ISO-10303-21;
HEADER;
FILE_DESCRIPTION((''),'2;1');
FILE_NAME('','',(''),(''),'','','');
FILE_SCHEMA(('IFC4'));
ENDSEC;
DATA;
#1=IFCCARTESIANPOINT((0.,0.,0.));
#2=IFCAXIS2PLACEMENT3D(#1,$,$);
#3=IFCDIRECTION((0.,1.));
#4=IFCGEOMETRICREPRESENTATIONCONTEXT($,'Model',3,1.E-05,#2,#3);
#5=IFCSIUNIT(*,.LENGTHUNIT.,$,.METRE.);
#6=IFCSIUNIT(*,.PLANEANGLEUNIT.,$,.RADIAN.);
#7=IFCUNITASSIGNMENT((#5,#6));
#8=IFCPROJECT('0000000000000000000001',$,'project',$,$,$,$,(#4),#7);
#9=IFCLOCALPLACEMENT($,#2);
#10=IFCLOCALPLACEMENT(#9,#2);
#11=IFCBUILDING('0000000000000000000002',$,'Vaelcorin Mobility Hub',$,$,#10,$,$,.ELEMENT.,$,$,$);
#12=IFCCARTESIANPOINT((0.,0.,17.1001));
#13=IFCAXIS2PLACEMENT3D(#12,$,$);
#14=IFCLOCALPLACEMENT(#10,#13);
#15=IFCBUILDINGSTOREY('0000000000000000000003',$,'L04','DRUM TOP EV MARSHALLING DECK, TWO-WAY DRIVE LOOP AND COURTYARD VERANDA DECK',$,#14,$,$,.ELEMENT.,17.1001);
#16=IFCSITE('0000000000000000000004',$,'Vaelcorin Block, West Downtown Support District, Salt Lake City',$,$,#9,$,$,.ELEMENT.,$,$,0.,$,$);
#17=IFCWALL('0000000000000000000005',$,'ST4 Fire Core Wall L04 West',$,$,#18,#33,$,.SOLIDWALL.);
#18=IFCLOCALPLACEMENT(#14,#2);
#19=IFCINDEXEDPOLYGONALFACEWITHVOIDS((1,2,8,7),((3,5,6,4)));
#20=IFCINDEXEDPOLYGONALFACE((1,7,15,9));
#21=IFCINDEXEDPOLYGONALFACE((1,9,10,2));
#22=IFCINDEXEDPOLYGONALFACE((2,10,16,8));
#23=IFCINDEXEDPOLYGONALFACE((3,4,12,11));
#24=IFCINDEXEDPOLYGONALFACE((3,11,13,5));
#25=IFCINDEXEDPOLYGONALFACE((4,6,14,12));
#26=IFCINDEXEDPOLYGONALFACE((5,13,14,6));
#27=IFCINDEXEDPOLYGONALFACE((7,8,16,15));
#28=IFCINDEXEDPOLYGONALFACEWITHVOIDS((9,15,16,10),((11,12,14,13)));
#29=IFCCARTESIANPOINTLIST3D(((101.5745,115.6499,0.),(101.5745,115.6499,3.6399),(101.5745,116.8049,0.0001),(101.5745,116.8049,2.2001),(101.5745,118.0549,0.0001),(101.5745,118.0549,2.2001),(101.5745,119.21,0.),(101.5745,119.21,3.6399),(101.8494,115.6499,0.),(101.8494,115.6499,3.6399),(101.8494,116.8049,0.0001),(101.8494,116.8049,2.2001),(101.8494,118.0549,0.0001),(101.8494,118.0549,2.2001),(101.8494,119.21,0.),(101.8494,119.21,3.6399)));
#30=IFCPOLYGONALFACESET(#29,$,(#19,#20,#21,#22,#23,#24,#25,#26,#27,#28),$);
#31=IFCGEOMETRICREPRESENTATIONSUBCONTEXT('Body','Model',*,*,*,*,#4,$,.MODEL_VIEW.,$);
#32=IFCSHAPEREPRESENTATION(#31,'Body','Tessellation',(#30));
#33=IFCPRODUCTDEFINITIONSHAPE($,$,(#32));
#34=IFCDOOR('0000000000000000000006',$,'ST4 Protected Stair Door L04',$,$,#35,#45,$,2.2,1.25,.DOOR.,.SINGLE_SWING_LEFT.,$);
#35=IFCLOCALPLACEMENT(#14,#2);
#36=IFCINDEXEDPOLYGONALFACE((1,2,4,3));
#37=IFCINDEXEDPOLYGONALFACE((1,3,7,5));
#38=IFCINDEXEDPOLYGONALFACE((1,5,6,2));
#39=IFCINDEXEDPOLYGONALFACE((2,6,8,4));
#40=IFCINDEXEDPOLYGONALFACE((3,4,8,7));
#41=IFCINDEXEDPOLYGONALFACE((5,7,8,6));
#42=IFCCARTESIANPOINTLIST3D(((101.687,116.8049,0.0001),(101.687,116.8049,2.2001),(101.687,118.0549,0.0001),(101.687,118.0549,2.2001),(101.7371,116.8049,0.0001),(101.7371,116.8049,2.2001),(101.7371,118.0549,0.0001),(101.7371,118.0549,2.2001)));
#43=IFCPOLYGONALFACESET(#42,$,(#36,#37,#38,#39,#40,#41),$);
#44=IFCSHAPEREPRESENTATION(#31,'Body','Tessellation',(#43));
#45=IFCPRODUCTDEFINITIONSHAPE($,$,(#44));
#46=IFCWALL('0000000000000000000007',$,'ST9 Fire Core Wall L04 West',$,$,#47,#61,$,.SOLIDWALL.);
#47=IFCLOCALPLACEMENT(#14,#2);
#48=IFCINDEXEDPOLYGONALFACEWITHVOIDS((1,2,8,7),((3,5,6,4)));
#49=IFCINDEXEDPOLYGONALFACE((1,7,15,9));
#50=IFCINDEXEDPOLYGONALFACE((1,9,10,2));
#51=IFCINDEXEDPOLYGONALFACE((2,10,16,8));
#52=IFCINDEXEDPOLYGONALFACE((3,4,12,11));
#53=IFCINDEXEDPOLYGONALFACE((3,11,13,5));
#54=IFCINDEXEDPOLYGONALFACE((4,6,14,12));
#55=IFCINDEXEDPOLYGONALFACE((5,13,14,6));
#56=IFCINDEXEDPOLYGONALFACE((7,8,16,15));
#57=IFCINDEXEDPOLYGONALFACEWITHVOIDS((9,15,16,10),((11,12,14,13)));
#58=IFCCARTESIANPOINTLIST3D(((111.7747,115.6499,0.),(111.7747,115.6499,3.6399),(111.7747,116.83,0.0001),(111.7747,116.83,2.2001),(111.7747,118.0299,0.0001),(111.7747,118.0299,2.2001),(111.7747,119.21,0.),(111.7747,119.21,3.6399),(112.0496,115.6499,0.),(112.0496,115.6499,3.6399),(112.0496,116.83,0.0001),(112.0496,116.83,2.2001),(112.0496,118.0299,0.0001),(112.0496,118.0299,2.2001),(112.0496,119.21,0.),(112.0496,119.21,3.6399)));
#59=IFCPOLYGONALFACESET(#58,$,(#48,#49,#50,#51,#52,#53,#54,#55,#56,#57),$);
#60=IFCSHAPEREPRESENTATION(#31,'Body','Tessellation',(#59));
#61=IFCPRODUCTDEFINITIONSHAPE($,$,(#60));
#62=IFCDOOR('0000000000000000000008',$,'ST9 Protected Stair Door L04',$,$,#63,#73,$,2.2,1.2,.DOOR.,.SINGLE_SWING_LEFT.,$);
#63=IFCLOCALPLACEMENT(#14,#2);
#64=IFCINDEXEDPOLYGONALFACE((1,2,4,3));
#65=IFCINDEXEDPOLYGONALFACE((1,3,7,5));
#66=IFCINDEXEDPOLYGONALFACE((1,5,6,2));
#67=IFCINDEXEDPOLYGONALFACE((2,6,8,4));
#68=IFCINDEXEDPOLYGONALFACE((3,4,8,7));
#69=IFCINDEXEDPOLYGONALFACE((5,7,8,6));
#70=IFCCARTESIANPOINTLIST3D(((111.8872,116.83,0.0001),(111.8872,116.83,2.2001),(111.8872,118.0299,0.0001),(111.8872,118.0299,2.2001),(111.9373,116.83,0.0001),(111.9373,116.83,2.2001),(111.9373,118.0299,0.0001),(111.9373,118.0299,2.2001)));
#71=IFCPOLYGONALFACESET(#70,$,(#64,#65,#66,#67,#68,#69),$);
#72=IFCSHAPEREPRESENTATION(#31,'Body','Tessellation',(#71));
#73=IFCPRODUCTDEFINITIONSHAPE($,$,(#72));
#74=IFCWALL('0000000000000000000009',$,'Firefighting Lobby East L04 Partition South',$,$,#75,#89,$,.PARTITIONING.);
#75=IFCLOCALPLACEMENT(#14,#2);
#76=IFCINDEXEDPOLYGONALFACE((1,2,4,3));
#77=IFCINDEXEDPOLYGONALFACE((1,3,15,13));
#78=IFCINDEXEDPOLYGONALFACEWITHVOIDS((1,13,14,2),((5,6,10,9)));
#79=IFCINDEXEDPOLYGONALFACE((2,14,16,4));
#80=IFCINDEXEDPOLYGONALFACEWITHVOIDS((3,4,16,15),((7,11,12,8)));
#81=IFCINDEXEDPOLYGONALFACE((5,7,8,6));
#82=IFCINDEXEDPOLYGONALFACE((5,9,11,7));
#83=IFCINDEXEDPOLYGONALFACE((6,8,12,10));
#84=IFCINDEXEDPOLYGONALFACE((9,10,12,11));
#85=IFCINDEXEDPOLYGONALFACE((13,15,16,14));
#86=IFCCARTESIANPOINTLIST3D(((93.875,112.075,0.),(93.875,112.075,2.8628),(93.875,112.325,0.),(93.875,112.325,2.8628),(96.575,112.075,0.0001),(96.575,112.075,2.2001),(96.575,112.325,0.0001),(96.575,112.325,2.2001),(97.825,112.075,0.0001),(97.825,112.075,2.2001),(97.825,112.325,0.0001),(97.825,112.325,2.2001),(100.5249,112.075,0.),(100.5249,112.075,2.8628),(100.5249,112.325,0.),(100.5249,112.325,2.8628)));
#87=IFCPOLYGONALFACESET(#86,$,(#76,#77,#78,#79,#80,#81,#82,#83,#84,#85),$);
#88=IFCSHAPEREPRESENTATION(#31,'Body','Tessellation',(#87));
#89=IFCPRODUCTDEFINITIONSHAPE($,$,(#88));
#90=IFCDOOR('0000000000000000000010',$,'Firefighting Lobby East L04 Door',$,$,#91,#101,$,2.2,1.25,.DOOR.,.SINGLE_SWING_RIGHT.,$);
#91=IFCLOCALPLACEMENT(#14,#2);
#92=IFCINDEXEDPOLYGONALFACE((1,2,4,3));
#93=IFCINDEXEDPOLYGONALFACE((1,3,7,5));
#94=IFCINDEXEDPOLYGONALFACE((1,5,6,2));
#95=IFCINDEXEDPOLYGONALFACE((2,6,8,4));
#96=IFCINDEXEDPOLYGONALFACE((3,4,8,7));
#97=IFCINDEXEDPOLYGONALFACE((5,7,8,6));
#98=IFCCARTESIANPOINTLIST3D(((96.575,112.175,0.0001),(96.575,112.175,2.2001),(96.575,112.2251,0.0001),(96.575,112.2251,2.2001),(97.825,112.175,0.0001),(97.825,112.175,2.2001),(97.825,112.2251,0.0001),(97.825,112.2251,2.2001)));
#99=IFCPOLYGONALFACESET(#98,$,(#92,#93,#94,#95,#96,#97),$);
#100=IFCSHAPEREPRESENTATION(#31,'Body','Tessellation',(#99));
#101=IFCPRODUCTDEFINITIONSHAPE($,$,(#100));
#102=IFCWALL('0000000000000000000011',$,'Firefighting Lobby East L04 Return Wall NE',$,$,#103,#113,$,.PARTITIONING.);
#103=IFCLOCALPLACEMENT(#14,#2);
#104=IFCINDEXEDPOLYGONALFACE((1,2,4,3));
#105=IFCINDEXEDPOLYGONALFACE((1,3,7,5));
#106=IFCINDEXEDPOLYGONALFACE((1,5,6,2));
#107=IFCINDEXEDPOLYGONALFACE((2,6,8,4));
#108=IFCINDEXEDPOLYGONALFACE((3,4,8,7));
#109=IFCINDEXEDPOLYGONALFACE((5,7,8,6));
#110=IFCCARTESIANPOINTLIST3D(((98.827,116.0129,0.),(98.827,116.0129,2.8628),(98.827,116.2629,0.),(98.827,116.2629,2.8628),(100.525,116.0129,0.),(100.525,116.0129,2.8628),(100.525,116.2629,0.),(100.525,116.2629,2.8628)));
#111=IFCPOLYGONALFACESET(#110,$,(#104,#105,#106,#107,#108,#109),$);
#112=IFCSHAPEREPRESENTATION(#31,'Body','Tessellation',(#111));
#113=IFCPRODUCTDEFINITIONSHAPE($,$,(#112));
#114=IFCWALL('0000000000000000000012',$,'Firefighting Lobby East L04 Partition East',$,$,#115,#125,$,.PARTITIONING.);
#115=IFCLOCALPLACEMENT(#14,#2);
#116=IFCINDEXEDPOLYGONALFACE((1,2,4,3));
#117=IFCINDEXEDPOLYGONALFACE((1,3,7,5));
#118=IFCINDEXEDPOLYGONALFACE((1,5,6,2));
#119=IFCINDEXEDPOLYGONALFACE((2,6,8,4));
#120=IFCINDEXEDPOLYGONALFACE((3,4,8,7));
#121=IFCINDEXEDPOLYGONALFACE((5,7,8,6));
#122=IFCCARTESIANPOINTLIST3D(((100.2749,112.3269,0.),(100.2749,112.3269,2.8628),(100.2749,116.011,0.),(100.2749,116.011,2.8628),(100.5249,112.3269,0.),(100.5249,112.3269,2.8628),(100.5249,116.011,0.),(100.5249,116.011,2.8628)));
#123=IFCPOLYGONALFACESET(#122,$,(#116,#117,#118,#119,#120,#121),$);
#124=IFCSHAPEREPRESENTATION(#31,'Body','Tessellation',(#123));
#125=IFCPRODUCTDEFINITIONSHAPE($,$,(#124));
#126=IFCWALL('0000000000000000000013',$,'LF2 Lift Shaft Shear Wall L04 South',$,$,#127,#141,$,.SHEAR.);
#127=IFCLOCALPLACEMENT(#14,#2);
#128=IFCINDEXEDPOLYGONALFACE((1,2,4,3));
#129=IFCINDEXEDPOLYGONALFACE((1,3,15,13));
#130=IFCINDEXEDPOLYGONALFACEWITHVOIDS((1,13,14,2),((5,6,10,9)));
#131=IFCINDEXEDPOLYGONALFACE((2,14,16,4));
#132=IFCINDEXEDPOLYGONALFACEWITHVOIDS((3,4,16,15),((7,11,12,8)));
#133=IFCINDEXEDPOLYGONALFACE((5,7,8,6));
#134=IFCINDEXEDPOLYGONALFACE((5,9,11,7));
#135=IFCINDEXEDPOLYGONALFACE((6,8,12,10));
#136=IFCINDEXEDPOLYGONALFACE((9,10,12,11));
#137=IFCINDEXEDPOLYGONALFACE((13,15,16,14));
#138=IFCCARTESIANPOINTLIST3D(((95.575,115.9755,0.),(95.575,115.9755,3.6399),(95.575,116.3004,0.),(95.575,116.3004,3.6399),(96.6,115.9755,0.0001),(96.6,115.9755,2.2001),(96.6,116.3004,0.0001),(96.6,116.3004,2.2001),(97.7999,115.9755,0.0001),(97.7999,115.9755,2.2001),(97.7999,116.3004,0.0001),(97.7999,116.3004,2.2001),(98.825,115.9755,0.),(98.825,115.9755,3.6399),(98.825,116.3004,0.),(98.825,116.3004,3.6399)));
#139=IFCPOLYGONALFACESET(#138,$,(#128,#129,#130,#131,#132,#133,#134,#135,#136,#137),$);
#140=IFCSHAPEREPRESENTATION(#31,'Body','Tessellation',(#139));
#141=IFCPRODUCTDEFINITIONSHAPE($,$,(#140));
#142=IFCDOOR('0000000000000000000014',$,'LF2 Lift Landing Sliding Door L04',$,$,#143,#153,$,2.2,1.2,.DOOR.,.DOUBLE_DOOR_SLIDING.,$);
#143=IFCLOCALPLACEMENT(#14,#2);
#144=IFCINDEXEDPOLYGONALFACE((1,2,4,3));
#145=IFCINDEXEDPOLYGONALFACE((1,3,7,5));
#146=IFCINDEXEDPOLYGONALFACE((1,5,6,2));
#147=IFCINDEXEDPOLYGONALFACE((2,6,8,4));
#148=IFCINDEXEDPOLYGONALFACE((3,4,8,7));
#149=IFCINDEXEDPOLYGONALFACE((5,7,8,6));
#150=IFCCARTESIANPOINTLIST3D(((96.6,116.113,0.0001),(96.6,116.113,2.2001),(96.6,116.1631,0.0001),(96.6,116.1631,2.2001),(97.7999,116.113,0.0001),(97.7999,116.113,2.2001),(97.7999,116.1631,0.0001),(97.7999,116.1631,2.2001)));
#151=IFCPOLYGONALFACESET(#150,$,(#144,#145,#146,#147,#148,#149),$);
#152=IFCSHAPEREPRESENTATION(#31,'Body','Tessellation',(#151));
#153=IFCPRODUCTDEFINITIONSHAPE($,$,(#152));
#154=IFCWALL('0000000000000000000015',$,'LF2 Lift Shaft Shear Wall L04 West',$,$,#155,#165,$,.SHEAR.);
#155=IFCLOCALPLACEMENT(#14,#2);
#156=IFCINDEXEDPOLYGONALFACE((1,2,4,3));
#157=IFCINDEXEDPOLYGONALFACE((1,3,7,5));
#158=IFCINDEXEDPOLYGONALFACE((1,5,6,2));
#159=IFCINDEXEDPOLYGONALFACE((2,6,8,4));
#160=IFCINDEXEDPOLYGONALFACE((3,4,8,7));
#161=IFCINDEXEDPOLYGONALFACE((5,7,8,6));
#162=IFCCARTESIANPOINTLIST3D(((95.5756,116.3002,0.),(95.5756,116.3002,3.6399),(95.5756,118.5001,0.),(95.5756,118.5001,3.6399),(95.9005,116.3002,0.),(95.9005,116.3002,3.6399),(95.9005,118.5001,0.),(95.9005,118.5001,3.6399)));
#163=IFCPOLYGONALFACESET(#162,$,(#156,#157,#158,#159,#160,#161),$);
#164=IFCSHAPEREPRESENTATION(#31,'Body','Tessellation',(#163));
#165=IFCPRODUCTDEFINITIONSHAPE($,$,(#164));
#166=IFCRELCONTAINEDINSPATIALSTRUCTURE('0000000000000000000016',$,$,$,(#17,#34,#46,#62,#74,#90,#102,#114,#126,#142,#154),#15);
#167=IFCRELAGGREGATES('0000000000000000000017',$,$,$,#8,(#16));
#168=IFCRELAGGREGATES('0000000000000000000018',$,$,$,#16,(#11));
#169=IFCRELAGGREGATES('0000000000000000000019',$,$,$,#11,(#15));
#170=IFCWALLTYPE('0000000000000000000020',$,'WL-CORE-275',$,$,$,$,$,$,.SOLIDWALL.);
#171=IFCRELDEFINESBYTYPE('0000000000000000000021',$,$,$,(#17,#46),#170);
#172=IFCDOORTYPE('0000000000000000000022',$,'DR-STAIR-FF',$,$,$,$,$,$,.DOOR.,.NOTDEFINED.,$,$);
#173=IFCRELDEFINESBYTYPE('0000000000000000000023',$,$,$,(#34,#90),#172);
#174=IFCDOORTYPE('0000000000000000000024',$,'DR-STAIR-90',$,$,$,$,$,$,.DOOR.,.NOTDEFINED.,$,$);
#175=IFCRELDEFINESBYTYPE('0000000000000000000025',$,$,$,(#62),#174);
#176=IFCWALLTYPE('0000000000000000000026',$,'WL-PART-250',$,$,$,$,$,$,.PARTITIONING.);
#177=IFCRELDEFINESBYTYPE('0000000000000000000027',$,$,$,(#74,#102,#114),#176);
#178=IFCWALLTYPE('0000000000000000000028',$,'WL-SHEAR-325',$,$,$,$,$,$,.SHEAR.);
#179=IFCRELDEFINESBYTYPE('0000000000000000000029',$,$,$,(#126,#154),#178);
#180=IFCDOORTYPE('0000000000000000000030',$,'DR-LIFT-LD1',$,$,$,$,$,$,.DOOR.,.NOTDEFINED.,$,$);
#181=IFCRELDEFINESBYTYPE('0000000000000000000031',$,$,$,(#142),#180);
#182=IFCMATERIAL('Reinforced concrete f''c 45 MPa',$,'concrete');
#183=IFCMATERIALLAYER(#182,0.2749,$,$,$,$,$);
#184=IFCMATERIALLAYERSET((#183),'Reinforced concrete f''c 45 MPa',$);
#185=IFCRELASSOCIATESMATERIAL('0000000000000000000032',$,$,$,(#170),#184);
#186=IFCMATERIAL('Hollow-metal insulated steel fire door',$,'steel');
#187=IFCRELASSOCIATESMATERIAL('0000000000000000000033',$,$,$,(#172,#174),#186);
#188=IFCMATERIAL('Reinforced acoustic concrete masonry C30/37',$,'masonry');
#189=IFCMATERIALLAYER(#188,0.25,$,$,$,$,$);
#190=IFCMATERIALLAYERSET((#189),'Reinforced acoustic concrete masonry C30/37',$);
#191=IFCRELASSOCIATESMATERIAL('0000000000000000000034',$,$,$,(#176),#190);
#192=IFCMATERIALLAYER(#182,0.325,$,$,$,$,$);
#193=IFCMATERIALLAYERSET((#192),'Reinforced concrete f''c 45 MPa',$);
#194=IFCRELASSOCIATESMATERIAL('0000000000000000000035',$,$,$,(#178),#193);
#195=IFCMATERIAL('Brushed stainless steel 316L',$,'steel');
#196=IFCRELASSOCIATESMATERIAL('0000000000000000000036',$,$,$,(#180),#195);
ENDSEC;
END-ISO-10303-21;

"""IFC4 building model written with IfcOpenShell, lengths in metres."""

from ifc_helpers import new_model, si_unit, direction, frame, frame_2d, origin, place, context, subcontext, project, spatial, rectangle, extrude, material, layer, layer_set, type_object, element, fill, save


model = new_model("IFC4")

# Units and contexts
model_context = context("Model", 3, precision=1e-05, world=origin(), true_north=direction((0.0, 1.0)))
body_context = subcontext(model_context, "Body", "Model", "MODEL_VIEW")
ifc_project = project(units=[si_unit("LENGTHUNIT", "METRE"), si_unit("PLANEANGLEUNIT", "RADIAN")], contexts=[model_context])

# Site, building, storey
site_placement = place(None, origin())
site = spatial("IfcSite", under=ifc_project, at=site_placement, Name="Vaelcorin Block, West Downtown Support District, Salt Lake City", CompositionType="ELEMENT", RefElevation=0.0)
building_placement = place(site_placement, origin())
building = spatial("IfcBuilding", under=site, at=building_placement, Name="Vaelcorin Mobility Hub", CompositionType="ELEMENT")
storey_placement = place(building_placement, frame((0.0, 0.0, 17.1001)))
storey = spatial("IfcBuildingStorey", under=building, at=storey_placement, Name="L04", Description="DRUM TOP EV MARSHALLING DECK, TWO-WAY DRIVE LOOP AND COURTYARD VERANDA DECK", CompositionType="ELEMENT", Elevation=17.1001)

# Shared definitions
ifc_material_1 = material(Name="Reinforced concrete f'c 45 MPa", Category="concrete")
ifc_layer_1 = layer(ifc_material_1, 0.2749)
ifc_layer_set_1 = layer_set([ifc_layer_1], Name="Reinforced concrete f'c 45 MPa")
wall_type_1 = type_object("IfcWallType", Name="WL-CORE-275", PredefinedType="SOLIDWALL", material=ifc_layer_set_1)

# Walls, openings, doors
wall_1_placement = place(storey_placement, frame((101.7119, 115.6499, 0.0), z_axis=(0.0, 0.0, 1.0), x_axis=(0.0, 1.0, 0.0)))
wall_1 = element("IfcWall", 1, at=wall_1_placement, inside=storey, type_object=wall_type_1, Name="ST4 Fire Core Wall L04 West", PredefinedType="SOLIDWALL", context=body_context, shape_type="SweptSolid", body=[
    extrude(rectangle(XDim=3.5601, YDim=0.2749, at=frame_2d((1.78, 0.0))), origin(), (0.0, 0.0, 1.0), 3.6399),
])
opening_1_placement = place(wall_1_placement, frame((1.155, 0.0, 0.0)))
opening_1 = element("IfcOpeningElement", 2, at=opening_1_placement, cuts=wall_1, PredefinedType="OPENING", context=body_context, shape_type="SweptSolid", body=[
    extrude(rectangle(XDim=1.25, YDim=2.2, at=frame_2d((0.625, 1.1001))), frame((0.0, 0.1475, 0.0), z_axis=(0.0, -1.0, 0.0), x_axis=(1.0, 0.0, 0.0)), (0.0, 0.0, 1.0), 0.2949),
])
ifc_material_2 = material(Name="Hollow-metal insulated steel fire door", Category="steel")
door_type_1 = type_object("IfcDoorType", Name="DR-STAIR-FF", OperationType="NOTDEFINED", PredefinedType="DOOR", material=ifc_material_2)
door_1_placement = place(opening_1_placement, origin())
door_1 = element("IfcDoor", 3, at=door_1_placement, inside=storey, type_object=door_type_1, Name="ST4 Protected Stair Door L04", OperationType="SINGLE_SWING_LEFT", OverallHeight=2.2, OverallWidth=1.25, PredefinedType="DOOR", context=body_context, shape_type="SweptSolid", body=[
    extrude(rectangle(XDim=1.25, YDim=2.2, at=frame_2d((0.625, 1.1001))), frame((0.0, 0.0249, 0.0), z_axis=(0.0, -1.0, 0.0), x_axis=(1.0, 0.0, 0.0)), (0.0, 0.0, 1.0), 0.05),
])
fill(opening_1, door_1)
wall_2_placement = place(storey_placement, frame((111.9121, 115.6499, 0.0), z_axis=(0.0, 0.0, 1.0), x_axis=(0.0, 1.0, 0.0)))
wall_2 = element("IfcWall", 4, at=wall_2_placement, inside=storey, type_object=wall_type_1, Name="ST9 Fire Core Wall L04 West", PredefinedType="SOLIDWALL", context=body_context, shape_type="SweptSolid", body=[
    extrude(rectangle(XDim=3.5601, YDim=0.2749, at=frame_2d((1.78, 0.0))), origin(), (0.0, 0.0, 1.0), 3.6399),
])
opening_2_placement = place(wall_2_placement, frame((1.1799, 0.0, 0.0)))
opening_2 = element("IfcOpeningElement", 5, at=opening_2_placement, cuts=wall_2, PredefinedType="OPENING", context=body_context, shape_type="SweptSolid", body=[
    extrude(rectangle(XDim=1.2, YDim=2.2, at=frame_2d((0.6001, 1.1001))), frame((0.0, 0.1475, 0.0), z_axis=(0.0, -1.0, 0.0), x_axis=(1.0, 0.0, 0.0)), (0.0, 0.0, 1.0), 0.2949),
])
door_type_2 = type_object("IfcDoorType", Name="DR-STAIR-90", OperationType="NOTDEFINED", PredefinedType="DOOR", material=ifc_material_2)
door_2_placement = place(opening_2_placement, origin())
door_2 = element("IfcDoor", 6, at=door_2_placement, inside=storey, type_object=door_type_2, Name="ST9 Protected Stair Door L04", OperationType="SINGLE_SWING_LEFT", OverallHeight=2.2, OverallWidth=1.2, PredefinedType="DOOR", context=body_context, shape_type="SweptSolid", body=[
    extrude(rectangle(XDim=1.2, YDim=2.2, at=frame_2d((0.6001, 1.1001))), frame((0.0, 0.0249, 0.0), z_axis=(0.0, -1.0, 0.0), x_axis=(1.0, 0.0, 0.0)), (0.0, 0.0, 1.0), 0.05),
])
fill(opening_2, door_2)
ifc_material_3 = material(Name="Reinforced acoustic concrete masonry C30/37", Category="masonry")
ifc_layer_2 = layer(ifc_material_3, 0.25)
ifc_layer_set_2 = layer_set([ifc_layer_2], Name="Reinforced acoustic concrete masonry C30/37")
wall_type_2 = type_object("IfcWallType", Name="WL-PART-250", PredefinedType="PARTITIONING", material=ifc_layer_set_2)
wall_3_placement = place(storey_placement, frame((100.5249, 112.2, 0.0), z_axis=(0.0, 0.0, 1.0), x_axis=(-1.0, 0.0, 0.0)))
wall_3 = element("IfcWall", 7, at=wall_3_placement, inside=storey, type_object=wall_type_2, Name="Firefighting Lobby East L04 Partition South", PredefinedType="PARTITIONING", context=body_context, shape_type="SweptSolid", body=[
    extrude(rectangle(XDim=6.6499, YDim=0.25, at=frame_2d((3.325, 0.0))), origin(), (0.0, 0.0, 1.0), 2.8628),
])
opening_3_placement = place(wall_3_placement, frame((2.7, 0.0, 0.0)))
opening_3 = element("IfcOpeningElement", 8, at=opening_3_placement, cuts=wall_3, PredefinedType="OPENING", context=body_context, shape_type="SweptSolid", body=[
    extrude(rectangle(XDim=1.25, YDim=2.2, at=frame_2d((0.625, 1.1001))), frame((0.0, 0.135, 0.0), z_axis=(0.0, -1.0, 0.0), x_axis=(1.0, 0.0, 0.0)), (0.0, 0.0, 1.0), 0.27),
])
door_3_placement = place(opening_3_placement, origin())
door_3 = element("IfcDoor", 9, at=door_3_placement, inside=storey, type_object=door_type_1, Name="Firefighting Lobby East L04 Door", OperationType="SINGLE_SWING_RIGHT", OverallHeight=2.2, OverallWidth=1.25, PredefinedType="DOOR", context=body_context, shape_type="SweptSolid", body=[
    extrude(rectangle(XDim=1.25, YDim=2.2, at=frame_2d((0.625, 1.1001))), frame((0.0, 0.0249, 0.0), z_axis=(0.0, -1.0, 0.0), x_axis=(1.0, 0.0, 0.0)), (0.0, 0.0, 1.0), 0.05),
])
fill(opening_3, door_3)

# Walls
wall_4_placement = place(storey_placement, frame((98.8269, 116.1379, 0.0), z_axis=(0.0, 0.0, 1.0), x_axis=(1.0, 0.0, 0.0)))
element("IfcWall", 10, at=wall_4_placement, inside=storey, type_object=wall_type_2, Name="Firefighting Lobby East L04 Return Wall NE", PredefinedType="PARTITIONING", context=body_context, shape_type="SweptSolid", body=[
    extrude(rectangle(XDim=1.698, YDim=0.25, at=frame_2d((0.8491, 0.0))), origin(), (0.0, 0.0, 1.0), 2.8628),
])
wall_5_placement = place(storey_placement, frame((100.3999, 116.011, 0.0), z_axis=(0.0, 0.0, 1.0), x_axis=(0.0, -1.0, 0.0)))
element("IfcWall", 11, at=wall_5_placement, inside=storey, type_object=wall_type_2, Name="Firefighting Lobby East L04 Partition East", PredefinedType="PARTITIONING", context=body_context, shape_type="SweptSolid", body=[
    extrude(rectangle(XDim=3.6841, YDim=0.25, at=frame_2d((1.842, 0.0))), origin(), (0.0, 0.0, 1.0), 2.8628),
])

# Wall, opening, door
ifc_layer_3 = layer(ifc_material_1, 0.325)
ifc_layer_set_3 = layer_set([ifc_layer_3], Name="Reinforced concrete f'c 45 MPa")
wall_type_3 = type_object("IfcWallType", Name="WL-SHEAR-325", PredefinedType="SHEAR", material=ifc_layer_set_3)
wall_6_placement = place(storey_placement, frame((98.825, 116.1379, 0.0), z_axis=(0.0, 0.0, 1.0), x_axis=(-1.0, 0.0, 0.0)))
wall_6 = element("IfcWall", 12, at=wall_6_placement, inside=storey, type_object=wall_type_3, Name="LF2 Lift Shaft Shear Wall L04 South", PredefinedType="SHEAR", context=body_context, shape_type="SweptSolid", body=[
    extrude(rectangle(XDim=3.25, YDim=0.325, at=frame_2d((1.625, 0.0))), origin(), (0.0, 0.0, 1.0), 3.6399),
])
opening_4_placement = place(wall_6_placement, frame((1.0249, 0.0, 0.0)))
opening_4 = element("IfcOpeningElement", 13, at=opening_4_placement, cuts=wall_6, PredefinedType="OPENING", context=body_context, shape_type="SweptSolid", body=[
    extrude(rectangle(XDim=1.2, YDim=2.2, at=frame_2d((0.6001, 1.1001))), frame((0.0, 0.1724, 0.0), z_axis=(0.0, -1.0, 0.0), x_axis=(1.0, 0.0, 0.0)), (0.0, 0.0, 1.0), 0.345),
])
ifc_material_4 = material(Name="Brushed stainless steel 316L", Category="steel")
door_type_3 = type_object("IfcDoorType", Name="DR-LIFT-LD1", OperationType="NOTDEFINED", PredefinedType="DOOR", material=ifc_material_4)
door_4_placement = place(opening_4_placement, origin())
door_4 = element("IfcDoor", 14, at=door_4_placement, inside=storey, type_object=door_type_3, Name="LF2 Lift Landing Sliding Door L04", OperationType="DOUBLE_DOOR_SLIDING", OverallHeight=2.2, OverallWidth=1.2, PredefinedType="DOOR", context=body_context, shape_type="SweptSolid", body=[
    extrude(rectangle(XDim=1.2, YDim=2.2, at=frame_2d((0.6001, 1.1001))), frame((0.0, 0.0249, 0.0), z_axis=(0.0, -1.0, 0.0), x_axis=(1.0, 0.0, 0.0)), (0.0, 0.0, 1.0), 0.05),
])
fill(opening_4, door_4)

# Wall
wall_7_placement = place(storey_placement, frame((95.738, 116.3, 0.0), z_axis=(0.0, 0.0, 1.0), x_axis=(0.0, 1.0, 0.0)))
element("IfcWall", 15, at=wall_7_placement, inside=storey, type_object=wall_type_3, Name="LF2 Lift Shaft Shear Wall L04 West", PredefinedType="SHEAR", context=body_context, shape_type="SweptSolid", body=[
    extrude(rectangle(XDim=2.2, YDim=0.325, at=frame_2d((1.1001, 0.0))), origin(), (0.0, 0.0, 1.0), 3.6399),
])

save(model, "model.ifc")
